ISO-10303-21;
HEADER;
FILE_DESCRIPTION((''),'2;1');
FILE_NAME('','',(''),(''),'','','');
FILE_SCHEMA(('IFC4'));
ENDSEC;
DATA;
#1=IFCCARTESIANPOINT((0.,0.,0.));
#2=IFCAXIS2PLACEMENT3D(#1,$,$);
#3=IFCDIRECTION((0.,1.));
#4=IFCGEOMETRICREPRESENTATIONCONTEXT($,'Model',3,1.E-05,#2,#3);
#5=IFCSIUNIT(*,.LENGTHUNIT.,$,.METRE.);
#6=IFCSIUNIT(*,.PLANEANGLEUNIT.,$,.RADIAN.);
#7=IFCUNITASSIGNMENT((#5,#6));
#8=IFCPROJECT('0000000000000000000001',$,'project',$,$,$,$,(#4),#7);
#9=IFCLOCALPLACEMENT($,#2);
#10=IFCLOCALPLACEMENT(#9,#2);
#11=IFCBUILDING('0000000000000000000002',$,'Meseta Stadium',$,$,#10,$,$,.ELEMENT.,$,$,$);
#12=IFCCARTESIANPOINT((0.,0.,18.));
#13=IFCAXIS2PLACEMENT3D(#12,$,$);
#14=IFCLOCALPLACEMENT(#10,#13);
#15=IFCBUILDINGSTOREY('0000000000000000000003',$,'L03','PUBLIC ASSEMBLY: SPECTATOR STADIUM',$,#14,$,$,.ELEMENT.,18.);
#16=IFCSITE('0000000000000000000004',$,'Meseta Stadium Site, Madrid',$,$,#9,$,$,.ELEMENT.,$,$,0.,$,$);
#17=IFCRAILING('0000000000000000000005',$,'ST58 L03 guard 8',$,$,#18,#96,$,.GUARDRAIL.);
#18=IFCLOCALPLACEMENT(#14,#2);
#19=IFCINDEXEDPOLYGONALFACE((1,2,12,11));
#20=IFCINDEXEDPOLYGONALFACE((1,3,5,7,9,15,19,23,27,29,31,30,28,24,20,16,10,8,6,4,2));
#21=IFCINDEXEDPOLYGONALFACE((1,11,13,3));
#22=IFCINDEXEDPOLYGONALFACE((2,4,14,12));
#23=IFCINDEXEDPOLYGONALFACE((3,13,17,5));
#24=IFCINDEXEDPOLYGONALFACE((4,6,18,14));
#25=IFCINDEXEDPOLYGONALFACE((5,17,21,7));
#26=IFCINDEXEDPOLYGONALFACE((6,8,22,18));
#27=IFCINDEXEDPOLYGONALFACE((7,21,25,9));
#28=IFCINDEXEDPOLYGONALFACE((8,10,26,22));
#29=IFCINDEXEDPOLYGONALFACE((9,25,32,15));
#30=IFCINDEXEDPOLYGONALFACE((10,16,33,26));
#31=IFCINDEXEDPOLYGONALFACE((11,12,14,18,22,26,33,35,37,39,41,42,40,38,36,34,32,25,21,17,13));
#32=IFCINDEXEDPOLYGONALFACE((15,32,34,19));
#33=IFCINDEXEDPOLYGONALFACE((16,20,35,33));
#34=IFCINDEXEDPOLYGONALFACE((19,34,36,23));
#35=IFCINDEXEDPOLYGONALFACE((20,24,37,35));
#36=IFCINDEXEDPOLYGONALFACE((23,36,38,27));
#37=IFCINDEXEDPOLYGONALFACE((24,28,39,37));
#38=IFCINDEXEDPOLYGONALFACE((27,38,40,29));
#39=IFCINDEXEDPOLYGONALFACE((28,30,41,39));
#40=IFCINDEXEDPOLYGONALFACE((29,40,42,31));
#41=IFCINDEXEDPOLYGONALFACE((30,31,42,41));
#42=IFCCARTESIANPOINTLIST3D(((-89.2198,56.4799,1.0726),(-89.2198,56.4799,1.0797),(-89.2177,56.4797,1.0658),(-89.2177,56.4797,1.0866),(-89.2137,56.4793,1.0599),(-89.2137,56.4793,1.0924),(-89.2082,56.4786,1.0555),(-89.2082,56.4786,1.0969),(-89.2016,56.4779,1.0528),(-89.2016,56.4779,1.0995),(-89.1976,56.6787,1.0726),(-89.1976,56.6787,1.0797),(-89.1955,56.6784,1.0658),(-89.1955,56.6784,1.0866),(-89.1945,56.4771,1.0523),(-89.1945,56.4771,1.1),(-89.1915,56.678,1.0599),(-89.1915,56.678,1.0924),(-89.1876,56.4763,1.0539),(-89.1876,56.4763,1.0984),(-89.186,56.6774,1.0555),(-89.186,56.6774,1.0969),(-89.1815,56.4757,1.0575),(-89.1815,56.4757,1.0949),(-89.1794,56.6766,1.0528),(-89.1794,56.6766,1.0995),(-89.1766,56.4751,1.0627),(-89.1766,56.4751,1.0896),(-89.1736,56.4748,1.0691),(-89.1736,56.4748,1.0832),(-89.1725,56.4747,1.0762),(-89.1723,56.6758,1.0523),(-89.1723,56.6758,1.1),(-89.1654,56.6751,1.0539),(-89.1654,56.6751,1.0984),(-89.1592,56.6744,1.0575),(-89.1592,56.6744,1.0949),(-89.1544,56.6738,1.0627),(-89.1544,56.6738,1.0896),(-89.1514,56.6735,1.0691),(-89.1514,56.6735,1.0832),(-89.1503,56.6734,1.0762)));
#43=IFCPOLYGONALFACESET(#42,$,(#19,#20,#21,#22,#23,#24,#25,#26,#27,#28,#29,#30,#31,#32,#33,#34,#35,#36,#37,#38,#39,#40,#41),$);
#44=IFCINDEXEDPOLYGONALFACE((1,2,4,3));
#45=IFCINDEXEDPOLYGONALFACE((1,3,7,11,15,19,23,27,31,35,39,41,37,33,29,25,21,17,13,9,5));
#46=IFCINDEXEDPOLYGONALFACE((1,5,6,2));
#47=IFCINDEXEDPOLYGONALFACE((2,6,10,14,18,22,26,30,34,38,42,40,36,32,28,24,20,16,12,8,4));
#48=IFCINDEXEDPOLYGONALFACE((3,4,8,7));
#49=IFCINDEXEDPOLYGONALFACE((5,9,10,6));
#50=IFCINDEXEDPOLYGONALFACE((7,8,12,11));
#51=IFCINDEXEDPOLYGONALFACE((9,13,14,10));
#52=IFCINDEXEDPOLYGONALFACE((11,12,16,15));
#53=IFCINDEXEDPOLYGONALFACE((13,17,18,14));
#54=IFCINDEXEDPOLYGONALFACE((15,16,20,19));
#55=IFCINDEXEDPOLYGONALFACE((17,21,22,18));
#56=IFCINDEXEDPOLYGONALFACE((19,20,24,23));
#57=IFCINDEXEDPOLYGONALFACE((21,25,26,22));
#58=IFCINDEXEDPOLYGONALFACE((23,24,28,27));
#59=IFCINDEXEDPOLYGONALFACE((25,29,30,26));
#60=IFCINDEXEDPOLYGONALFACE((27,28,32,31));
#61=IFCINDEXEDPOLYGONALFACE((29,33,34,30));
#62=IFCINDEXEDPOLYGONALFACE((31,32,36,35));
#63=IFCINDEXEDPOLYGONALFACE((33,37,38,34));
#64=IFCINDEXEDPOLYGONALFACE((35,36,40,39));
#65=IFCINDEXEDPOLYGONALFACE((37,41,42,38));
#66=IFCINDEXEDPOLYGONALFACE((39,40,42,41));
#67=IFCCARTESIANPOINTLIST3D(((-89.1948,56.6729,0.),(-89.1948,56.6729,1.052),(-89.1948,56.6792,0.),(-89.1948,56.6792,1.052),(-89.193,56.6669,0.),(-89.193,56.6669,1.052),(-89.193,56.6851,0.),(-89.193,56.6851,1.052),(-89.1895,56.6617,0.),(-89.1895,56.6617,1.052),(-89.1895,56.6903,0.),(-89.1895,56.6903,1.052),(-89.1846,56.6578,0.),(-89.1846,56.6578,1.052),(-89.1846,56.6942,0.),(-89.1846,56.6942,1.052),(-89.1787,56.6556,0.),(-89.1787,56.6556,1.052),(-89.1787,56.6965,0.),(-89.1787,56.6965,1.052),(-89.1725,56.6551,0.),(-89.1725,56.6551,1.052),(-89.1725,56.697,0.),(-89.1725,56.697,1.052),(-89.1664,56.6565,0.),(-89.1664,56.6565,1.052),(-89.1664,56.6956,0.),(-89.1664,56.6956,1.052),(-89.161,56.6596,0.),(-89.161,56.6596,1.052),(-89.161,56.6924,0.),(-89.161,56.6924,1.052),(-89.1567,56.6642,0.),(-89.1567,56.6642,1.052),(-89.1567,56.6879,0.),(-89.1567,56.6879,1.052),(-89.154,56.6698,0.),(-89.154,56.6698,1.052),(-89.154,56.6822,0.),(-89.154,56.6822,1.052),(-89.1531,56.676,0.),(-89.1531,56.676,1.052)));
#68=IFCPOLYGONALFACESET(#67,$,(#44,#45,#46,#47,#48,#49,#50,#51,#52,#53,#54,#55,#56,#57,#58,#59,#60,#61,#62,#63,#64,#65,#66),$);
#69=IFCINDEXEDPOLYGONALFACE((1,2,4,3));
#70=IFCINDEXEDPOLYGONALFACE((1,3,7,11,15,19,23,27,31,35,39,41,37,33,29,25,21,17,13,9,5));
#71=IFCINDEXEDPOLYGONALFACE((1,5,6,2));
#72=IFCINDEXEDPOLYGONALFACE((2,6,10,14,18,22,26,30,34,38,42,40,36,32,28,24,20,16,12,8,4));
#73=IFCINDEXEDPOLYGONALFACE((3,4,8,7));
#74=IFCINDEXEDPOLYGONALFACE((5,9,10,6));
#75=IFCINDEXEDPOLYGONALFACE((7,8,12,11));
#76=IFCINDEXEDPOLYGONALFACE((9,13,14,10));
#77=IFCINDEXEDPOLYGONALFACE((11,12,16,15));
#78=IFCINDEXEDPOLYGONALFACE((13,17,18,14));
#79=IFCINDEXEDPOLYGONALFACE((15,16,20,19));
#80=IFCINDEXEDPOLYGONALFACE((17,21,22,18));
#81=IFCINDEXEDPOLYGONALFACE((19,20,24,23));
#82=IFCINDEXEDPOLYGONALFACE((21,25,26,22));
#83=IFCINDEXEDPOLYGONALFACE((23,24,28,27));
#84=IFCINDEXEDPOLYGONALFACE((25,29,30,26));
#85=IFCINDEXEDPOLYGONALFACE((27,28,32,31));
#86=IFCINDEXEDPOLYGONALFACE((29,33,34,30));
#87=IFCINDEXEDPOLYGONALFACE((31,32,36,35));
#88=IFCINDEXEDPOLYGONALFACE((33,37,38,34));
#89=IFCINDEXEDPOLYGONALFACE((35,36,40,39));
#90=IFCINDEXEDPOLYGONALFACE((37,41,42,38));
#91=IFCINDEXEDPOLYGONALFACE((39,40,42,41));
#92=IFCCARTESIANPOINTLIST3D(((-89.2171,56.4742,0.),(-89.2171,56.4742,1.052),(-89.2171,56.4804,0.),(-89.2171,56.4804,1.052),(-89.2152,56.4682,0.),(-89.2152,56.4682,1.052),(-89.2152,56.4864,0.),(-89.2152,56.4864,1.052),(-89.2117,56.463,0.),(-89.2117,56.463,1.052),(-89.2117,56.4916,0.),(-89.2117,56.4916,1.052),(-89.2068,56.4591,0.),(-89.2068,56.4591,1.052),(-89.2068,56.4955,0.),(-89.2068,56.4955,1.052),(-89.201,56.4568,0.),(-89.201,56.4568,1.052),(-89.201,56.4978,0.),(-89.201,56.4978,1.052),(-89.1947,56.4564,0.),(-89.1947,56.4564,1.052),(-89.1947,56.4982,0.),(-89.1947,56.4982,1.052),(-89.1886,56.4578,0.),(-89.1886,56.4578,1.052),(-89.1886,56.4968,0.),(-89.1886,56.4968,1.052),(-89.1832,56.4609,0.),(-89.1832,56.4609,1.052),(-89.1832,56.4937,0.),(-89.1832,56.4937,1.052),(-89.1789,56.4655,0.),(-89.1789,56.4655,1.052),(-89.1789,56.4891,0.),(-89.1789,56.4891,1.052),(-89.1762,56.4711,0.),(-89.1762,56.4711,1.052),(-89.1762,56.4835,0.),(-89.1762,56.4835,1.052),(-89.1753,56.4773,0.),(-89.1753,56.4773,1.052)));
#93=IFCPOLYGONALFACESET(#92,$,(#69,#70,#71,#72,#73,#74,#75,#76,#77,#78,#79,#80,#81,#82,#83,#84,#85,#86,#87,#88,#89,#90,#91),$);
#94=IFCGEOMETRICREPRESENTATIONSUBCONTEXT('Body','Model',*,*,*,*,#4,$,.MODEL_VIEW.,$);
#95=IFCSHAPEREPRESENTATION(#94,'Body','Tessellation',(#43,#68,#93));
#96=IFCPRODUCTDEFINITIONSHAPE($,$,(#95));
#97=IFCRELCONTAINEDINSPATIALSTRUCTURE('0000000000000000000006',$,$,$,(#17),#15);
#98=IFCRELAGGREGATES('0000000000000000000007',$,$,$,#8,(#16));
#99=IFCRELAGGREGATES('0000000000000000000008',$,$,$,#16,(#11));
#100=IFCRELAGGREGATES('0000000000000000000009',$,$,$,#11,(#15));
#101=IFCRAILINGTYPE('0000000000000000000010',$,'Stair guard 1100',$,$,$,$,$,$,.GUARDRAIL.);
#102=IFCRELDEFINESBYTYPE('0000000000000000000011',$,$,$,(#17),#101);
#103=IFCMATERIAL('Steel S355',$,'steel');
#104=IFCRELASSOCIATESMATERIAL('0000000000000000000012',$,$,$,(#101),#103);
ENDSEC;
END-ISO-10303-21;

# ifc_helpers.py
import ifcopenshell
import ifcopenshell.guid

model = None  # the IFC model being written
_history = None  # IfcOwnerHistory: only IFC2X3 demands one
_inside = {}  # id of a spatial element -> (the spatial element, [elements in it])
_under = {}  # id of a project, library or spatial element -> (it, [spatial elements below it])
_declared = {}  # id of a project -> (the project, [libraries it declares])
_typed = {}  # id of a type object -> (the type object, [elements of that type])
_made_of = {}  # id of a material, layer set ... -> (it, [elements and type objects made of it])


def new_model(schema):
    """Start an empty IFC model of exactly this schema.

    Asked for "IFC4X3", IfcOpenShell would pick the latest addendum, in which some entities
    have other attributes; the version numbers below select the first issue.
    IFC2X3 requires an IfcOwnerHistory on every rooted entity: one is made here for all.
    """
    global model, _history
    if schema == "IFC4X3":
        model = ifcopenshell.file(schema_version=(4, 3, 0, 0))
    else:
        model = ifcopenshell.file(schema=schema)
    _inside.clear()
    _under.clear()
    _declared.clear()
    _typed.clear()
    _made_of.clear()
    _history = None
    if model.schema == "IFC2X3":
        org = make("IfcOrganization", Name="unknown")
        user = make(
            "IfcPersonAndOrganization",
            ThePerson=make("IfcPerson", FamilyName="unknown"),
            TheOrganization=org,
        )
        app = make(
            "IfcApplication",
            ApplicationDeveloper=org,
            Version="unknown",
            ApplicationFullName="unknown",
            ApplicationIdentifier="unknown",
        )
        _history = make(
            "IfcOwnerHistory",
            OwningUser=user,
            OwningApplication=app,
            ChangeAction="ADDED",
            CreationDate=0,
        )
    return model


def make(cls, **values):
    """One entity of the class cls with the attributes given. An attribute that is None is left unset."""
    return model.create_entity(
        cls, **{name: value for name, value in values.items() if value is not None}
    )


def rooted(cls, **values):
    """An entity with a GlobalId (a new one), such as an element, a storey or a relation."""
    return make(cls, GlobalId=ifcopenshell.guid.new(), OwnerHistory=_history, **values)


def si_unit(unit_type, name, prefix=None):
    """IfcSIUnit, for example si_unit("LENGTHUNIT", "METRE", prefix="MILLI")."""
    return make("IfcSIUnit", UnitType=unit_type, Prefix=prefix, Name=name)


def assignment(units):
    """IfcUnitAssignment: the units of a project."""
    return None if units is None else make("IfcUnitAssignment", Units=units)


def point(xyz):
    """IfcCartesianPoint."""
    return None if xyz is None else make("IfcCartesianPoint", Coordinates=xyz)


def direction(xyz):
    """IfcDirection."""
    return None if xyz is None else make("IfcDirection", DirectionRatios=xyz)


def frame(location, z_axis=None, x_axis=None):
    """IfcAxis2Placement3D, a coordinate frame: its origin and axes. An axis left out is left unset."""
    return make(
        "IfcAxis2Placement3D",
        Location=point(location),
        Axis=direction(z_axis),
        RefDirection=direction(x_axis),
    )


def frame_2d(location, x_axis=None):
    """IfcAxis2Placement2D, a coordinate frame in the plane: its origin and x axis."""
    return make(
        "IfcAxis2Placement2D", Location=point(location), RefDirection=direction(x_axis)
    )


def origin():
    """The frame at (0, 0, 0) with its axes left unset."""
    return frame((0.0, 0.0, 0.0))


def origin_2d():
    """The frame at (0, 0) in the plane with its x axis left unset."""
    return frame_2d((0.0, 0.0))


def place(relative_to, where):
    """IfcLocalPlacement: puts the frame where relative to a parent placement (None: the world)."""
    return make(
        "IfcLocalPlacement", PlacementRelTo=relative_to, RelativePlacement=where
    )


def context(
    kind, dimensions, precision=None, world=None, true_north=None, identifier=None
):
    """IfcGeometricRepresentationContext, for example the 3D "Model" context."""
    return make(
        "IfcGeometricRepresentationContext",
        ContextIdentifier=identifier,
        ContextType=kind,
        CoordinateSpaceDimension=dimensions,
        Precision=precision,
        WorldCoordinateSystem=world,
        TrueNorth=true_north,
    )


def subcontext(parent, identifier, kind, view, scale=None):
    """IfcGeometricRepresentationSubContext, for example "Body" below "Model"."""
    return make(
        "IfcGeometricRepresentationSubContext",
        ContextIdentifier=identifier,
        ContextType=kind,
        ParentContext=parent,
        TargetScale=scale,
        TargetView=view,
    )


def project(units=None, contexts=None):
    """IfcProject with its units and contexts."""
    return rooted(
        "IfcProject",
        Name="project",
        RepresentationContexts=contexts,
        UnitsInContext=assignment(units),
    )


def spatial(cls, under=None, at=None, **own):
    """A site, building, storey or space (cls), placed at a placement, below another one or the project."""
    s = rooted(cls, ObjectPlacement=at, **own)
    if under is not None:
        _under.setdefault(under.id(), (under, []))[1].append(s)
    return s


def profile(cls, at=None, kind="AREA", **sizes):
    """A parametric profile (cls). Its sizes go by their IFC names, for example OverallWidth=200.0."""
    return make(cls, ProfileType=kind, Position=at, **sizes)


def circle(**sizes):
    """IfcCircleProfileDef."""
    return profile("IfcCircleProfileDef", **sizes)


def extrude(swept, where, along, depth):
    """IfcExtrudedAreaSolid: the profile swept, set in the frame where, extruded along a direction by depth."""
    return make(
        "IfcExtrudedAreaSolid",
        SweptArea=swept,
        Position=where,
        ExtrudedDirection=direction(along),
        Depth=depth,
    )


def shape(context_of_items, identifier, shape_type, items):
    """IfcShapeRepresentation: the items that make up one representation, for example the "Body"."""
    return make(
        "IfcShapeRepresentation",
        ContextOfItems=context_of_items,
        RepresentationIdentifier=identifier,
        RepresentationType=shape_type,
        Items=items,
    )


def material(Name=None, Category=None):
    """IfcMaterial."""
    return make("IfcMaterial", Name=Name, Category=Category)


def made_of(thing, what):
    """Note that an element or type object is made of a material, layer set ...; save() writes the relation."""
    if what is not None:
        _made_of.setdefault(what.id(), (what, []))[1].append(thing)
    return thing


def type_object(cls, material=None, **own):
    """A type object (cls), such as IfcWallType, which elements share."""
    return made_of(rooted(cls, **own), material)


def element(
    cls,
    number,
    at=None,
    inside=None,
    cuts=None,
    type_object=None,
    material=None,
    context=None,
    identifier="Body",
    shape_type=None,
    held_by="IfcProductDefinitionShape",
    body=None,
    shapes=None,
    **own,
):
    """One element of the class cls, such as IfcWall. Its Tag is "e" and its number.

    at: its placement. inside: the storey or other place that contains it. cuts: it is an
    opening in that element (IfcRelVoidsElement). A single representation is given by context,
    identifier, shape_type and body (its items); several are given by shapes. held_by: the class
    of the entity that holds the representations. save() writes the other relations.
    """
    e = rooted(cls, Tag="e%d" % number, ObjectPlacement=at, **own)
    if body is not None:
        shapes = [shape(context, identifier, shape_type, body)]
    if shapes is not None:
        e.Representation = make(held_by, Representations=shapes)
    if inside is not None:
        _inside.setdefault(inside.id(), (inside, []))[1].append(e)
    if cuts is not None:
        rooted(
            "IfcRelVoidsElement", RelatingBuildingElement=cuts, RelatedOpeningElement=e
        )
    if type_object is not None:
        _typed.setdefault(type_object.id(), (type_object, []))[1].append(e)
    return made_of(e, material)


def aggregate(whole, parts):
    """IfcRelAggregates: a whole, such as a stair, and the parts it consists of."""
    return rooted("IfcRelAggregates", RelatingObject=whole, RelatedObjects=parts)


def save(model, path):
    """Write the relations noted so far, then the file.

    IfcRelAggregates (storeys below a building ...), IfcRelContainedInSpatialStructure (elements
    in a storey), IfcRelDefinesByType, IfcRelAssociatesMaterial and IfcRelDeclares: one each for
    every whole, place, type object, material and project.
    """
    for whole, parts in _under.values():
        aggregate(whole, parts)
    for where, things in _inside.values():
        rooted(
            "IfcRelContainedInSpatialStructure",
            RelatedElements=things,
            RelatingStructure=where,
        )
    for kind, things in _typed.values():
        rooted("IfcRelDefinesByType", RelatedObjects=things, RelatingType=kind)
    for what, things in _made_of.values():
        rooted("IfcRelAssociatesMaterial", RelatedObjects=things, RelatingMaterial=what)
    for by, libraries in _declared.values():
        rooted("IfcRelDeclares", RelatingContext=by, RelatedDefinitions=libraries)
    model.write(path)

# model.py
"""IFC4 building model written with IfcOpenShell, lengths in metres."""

from ifc_helpers import new_model, si_unit, direction, frame, origin, origin_2d, place, context, subcontext, project, spatial, circle, extrude, material, type_object, element, save


model = new_model("IFC4")

# Units and contexts
model_context = context("Model", 3, precision=1e-05, world=origin(), true_north=direction((0.0, 1.0)))
body_context = subcontext(model_context, "Body", "Model", "MODEL_VIEW")
ifc_project = project(units=[si_unit("LENGTHUNIT", "METRE"), si_unit("PLANEANGLEUNIT", "RADIAN")], contexts=[model_context])

# Site, building, storey
site_placement = place(None, origin())
site = spatial("IfcSite", under=ifc_project, at=site_placement, Name="Meseta Stadium Site, Madrid", CompositionType="ELEMENT", RefElevation=0.0)
building_placement = place(site_placement, origin())
building = spatial("IfcBuilding", under=site, at=building_placement, Name="Meseta Stadium", CompositionType="ELEMENT")
storey_placement = place(building_placement, frame((0.0, 0.0, 18.0)))
storey = spatial("IfcBuildingStorey", under=building, at=storey_placement, Name="L03", Description="PUBLIC ASSEMBLY: SPECTATOR STADIUM", CompositionType="ELEMENT", Elevation=18.0)

# Railing
ifc_material_1 = material(Name="Steel S355", Category="steel")
railing_type_1 = type_object("IfcRailingType", Name="Stair guard 1100", PredefinedType="GUARDRAIL", material=ifc_material_1)
railing_1_placement = place(storey_placement, frame((-89.1741, 56.676, 0.0)))
element("IfcRailing", 1, at=railing_1_placement, inside=storey, type_object=railing_type_1, Name="ST58 L03 guard 8", PredefinedType="GUARDRAIL", context=body_context, shape_type="SweptSolid", body=[
    extrude(circle(Radius=0.0239, at=origin_2d()), frame((0.0, 0.0, 1.0762), z_axis=(-0.111102, -0.993809, 0.0), x_axis=(0.993809, -0.111102, 0.0)), (0.0, 0.0, 1.0), 0.2),
    extrude(circle(Radius=0.021, at=origin_2d()), origin(), (0.0, 0.0, 1.0), 1.052),
    extrude(circle(Radius=0.021, at=origin_2d()), frame((-0.0222, -0.1987, 0.0)), (0.0, 0.0, 1.0), 1.052),
])

save(model, "model.ifc")
